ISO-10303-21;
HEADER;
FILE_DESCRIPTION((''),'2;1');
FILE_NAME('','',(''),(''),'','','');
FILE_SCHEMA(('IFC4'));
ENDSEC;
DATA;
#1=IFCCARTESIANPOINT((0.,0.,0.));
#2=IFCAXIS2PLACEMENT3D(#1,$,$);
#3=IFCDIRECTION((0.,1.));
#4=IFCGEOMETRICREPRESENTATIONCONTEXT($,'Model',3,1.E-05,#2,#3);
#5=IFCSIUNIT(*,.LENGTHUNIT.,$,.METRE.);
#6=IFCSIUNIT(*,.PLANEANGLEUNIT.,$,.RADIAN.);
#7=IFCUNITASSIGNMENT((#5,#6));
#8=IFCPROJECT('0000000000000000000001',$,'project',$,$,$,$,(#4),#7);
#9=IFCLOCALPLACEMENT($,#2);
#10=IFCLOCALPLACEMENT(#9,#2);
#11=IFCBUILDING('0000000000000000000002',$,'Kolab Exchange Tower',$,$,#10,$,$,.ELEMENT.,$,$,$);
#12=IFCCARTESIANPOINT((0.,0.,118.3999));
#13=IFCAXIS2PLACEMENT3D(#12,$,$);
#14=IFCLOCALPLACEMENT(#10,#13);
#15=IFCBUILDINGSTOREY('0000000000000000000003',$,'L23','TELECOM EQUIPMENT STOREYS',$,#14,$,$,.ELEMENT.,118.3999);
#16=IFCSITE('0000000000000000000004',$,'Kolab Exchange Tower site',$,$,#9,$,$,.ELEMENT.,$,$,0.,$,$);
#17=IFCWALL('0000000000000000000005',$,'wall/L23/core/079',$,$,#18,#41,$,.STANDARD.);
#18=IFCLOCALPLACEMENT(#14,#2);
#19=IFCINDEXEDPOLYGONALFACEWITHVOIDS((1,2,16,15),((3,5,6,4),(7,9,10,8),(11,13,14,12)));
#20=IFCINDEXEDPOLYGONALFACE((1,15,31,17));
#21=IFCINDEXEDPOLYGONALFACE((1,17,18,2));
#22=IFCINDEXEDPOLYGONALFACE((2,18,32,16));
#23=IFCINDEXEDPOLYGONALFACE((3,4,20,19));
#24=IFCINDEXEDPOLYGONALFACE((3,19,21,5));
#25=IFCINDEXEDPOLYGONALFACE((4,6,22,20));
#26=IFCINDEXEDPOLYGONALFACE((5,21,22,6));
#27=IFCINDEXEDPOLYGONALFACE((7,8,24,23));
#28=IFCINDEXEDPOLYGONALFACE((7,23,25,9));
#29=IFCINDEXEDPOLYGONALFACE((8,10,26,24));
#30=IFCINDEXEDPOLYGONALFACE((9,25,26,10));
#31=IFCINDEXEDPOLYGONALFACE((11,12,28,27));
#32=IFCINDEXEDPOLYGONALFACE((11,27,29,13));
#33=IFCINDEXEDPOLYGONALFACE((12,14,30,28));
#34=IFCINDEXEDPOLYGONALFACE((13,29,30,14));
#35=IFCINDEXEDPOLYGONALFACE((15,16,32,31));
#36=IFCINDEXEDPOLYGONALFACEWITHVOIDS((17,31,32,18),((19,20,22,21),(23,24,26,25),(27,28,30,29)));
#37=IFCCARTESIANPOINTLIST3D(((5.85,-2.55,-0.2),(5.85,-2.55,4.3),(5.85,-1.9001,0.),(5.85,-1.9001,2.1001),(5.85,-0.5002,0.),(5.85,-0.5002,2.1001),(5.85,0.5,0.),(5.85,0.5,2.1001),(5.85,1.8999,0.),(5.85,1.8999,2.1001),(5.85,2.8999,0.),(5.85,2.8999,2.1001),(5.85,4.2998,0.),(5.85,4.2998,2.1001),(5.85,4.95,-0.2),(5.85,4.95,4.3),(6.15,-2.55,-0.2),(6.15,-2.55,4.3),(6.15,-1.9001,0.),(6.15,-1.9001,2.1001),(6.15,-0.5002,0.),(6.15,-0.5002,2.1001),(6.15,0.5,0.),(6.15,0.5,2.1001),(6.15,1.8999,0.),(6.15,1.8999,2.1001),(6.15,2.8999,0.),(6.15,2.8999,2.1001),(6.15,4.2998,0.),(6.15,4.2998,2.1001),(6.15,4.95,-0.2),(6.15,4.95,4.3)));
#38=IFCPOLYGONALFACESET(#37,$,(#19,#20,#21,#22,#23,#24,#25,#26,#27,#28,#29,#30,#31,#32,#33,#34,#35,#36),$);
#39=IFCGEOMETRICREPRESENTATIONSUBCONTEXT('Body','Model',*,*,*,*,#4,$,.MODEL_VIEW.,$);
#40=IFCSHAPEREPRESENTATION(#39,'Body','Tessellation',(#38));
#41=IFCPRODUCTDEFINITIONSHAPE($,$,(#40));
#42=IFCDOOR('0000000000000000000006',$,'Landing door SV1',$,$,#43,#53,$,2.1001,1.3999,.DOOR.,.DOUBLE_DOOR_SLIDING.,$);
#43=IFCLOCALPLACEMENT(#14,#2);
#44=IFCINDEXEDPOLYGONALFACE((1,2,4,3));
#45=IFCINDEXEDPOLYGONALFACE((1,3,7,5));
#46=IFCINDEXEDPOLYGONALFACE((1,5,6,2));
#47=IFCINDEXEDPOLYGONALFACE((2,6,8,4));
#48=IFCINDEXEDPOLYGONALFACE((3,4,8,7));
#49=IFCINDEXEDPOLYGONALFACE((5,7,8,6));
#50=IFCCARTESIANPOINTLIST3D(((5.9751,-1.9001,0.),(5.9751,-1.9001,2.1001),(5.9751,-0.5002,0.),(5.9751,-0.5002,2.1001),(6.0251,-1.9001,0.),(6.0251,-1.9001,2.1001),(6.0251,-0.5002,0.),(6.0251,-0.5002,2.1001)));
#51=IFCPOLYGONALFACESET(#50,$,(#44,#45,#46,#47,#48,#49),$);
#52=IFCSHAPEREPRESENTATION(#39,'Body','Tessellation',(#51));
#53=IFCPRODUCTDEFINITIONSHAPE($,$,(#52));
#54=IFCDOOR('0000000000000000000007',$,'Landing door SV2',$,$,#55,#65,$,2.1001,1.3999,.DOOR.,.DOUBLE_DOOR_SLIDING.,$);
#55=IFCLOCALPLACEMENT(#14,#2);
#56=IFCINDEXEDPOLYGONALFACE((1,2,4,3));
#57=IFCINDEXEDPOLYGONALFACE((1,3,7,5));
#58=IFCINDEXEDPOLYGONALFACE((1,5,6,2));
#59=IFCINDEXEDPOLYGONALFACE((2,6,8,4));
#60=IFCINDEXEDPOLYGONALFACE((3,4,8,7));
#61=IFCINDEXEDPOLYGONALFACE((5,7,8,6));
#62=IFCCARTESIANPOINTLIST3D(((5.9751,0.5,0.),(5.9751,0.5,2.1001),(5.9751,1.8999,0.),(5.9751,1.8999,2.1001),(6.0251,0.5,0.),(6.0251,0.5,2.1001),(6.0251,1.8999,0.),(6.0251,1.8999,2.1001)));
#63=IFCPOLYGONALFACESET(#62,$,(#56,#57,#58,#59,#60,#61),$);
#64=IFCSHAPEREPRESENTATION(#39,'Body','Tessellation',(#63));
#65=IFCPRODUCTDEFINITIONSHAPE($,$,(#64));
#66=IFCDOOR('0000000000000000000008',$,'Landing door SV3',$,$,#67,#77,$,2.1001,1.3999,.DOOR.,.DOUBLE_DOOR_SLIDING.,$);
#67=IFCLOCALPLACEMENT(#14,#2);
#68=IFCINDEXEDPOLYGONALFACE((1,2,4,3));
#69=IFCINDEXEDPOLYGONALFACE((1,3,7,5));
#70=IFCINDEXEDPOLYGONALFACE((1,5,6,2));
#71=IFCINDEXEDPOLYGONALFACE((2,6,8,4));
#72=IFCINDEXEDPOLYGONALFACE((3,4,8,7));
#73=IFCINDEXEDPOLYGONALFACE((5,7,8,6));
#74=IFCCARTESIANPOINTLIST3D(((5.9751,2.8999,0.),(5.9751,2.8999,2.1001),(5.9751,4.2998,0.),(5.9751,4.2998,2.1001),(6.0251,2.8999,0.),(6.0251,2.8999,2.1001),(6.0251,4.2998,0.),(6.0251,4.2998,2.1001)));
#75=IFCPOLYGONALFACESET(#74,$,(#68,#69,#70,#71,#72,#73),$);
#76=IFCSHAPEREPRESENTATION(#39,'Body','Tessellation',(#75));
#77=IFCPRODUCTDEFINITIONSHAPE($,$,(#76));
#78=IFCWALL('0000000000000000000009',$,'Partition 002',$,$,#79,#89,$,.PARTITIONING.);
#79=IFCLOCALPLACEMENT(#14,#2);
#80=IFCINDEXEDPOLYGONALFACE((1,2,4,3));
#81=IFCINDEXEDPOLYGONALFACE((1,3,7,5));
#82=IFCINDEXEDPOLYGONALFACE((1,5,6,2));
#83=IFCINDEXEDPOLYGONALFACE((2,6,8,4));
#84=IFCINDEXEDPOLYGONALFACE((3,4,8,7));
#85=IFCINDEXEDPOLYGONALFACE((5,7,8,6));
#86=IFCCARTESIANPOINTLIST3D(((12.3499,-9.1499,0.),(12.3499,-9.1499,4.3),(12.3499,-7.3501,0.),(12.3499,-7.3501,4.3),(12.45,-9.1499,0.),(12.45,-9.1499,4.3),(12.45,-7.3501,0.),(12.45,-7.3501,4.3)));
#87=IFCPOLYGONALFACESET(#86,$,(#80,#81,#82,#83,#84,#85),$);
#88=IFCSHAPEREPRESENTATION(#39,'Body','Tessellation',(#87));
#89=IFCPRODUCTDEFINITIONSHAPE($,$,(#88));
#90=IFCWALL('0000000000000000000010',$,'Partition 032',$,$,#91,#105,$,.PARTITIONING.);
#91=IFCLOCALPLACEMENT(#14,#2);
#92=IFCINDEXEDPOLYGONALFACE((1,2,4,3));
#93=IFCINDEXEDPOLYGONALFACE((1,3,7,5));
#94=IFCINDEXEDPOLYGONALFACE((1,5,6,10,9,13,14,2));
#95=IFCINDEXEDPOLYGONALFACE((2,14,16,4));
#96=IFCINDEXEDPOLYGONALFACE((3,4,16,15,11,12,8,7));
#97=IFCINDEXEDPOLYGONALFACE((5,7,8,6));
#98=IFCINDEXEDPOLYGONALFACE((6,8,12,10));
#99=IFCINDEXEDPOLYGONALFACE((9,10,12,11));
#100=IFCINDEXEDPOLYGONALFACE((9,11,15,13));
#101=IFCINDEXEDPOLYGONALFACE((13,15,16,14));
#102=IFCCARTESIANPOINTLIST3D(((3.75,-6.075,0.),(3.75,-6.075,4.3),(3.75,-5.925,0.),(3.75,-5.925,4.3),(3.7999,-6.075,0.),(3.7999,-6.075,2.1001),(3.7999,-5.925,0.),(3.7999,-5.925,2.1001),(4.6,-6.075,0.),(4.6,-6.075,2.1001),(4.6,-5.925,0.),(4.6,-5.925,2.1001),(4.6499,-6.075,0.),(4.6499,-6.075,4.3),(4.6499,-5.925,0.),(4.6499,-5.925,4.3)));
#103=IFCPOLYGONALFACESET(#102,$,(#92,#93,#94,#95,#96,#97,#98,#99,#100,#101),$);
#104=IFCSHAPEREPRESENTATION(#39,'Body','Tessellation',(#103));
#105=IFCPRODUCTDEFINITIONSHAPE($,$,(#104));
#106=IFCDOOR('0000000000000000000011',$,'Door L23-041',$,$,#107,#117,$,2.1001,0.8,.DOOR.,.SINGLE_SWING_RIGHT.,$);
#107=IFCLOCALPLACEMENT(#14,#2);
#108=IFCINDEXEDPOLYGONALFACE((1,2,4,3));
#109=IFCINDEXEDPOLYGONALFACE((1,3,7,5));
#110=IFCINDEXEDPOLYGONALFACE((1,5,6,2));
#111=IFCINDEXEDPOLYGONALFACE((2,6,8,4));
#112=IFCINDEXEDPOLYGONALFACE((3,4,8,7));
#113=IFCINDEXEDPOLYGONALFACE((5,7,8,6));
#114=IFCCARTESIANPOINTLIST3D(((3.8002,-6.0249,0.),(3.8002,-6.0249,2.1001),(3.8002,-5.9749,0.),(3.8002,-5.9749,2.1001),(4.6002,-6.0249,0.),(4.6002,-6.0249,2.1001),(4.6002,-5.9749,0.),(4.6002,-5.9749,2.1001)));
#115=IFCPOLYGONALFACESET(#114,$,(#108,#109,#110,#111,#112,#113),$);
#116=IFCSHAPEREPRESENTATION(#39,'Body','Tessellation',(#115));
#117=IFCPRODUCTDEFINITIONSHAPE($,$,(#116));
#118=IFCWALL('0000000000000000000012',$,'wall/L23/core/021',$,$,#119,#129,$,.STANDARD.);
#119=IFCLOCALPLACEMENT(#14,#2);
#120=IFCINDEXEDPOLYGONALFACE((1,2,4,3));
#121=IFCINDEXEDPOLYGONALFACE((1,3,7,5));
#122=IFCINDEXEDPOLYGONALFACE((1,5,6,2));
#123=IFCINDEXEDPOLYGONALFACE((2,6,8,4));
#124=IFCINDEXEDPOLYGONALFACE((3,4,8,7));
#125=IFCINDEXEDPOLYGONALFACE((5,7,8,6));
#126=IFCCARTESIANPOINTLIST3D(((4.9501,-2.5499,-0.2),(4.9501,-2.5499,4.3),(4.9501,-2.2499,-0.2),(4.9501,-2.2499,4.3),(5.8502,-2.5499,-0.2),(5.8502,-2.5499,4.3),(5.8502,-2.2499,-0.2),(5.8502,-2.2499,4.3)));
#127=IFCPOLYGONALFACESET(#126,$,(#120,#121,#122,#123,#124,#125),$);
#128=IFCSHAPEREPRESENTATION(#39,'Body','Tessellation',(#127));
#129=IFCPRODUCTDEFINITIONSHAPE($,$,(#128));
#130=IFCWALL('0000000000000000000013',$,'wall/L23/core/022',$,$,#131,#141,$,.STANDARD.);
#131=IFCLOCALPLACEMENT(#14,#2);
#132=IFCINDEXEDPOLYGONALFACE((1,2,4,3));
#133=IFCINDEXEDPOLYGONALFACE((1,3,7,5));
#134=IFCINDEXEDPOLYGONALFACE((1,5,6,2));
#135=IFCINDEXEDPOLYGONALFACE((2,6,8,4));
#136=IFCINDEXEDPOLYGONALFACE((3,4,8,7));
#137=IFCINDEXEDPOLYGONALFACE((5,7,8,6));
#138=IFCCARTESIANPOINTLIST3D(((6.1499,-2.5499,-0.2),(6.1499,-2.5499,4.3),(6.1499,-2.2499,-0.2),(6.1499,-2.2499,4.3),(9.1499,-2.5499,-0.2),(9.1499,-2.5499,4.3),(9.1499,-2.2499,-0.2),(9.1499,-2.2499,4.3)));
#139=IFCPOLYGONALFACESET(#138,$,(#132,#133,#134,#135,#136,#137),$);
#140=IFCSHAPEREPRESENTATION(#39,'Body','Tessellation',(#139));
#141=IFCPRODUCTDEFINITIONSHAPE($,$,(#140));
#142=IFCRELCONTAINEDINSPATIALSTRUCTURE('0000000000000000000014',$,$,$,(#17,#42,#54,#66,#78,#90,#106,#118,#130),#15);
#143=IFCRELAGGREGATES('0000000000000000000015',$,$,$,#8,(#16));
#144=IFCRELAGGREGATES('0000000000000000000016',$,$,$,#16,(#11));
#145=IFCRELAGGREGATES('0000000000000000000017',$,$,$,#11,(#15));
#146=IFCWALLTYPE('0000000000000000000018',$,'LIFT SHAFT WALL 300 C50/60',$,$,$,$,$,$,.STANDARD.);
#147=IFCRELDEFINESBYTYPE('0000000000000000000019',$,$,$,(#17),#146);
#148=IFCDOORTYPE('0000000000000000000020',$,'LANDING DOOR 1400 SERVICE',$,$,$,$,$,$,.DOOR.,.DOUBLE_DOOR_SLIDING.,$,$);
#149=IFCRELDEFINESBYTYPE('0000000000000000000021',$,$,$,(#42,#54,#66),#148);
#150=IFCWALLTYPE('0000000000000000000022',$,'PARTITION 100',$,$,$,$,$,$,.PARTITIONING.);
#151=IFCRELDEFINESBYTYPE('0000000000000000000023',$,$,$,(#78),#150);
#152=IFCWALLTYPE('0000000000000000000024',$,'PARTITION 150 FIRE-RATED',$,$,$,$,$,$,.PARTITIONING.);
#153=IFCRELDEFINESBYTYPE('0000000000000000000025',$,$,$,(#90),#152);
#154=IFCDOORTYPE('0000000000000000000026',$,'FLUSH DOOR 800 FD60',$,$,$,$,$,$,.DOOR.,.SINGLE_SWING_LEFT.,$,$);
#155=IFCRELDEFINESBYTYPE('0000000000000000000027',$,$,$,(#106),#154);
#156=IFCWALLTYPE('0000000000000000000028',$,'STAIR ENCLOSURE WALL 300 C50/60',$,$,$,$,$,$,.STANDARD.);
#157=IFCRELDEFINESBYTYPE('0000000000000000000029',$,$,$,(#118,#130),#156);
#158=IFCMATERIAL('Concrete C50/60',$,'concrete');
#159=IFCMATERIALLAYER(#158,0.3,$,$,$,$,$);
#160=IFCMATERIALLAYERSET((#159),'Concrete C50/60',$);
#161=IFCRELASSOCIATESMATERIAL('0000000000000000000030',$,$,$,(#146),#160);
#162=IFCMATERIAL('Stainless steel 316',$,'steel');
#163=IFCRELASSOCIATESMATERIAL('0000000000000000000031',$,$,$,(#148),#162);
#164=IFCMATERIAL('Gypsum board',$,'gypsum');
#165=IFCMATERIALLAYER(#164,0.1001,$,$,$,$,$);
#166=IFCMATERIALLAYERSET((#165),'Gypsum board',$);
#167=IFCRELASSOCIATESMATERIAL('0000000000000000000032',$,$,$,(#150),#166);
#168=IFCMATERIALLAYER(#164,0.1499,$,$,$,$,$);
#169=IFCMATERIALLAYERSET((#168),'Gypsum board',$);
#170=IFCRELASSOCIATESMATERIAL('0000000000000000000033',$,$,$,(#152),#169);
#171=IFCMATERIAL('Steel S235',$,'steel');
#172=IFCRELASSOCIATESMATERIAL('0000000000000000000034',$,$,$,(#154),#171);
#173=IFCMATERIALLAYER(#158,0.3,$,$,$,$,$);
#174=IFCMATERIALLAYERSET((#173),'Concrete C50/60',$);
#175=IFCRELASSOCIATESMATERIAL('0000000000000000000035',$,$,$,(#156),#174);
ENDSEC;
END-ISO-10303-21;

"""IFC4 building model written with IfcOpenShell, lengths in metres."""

from ifc_helpers import new_model, si_unit, direction, frame, frame_2d, origin, place, context, subcontext, project, spatial, rectangle, extrude, material, layer, layer_set, type_object, element, fill, save


model = new_model("IFC4")

# Units and contexts
model_context = context("Model", 3, precision=1e-05, world=origin(), true_north=direction((0.0, 1.0)))
body_context = subcontext(model_context, "Body", "Model", "MODEL_VIEW")
ifc_project = project(units=[si_unit("LENGTHUNIT", "METRE"), si_unit("PLANEANGLEUNIT", "RADIAN")], contexts=[model_context])

# Site, building, storey
site_placement = place(None, origin())
site = spatial("IfcSite", under=ifc_project, at=site_placement, Name="Kolab Exchange Tower site", CompositionType="ELEMENT", RefElevation=0.0)
building_placement = place(site_placement, origin())
building = spatial("IfcBuilding", under=site, at=building_placement, Name="Kolab Exchange Tower", CompositionType="ELEMENT")
storey_placement = place(building_placement, frame((0.0, 0.0, 118.3999)))
storey = spatial("IfcBuildingStorey", under=building, at=storey_placement, Name="L23", Description="TELECOM EQUIPMENT STOREYS", CompositionType="ELEMENT", Elevation=118.3999)

# Shared definitions
ifc_material_1 = material(Name="Concrete C50/60", Category="concrete")
ifc_layer_1 = layer(ifc_material_1, 0.3)
ifc_layer_set_1 = layer_set([ifc_layer_1], Name="Concrete C50/60")
wall_type_1 = type_object("IfcWallType", Name="LIFT SHAFT WALL 300 C50/60", PredefinedType="STANDARD", material=ifc_layer_set_1)

# Shared definitions
ifc_material_2 = material(Name="Steel S235", Category="steel")

# Wall, openings, doors
wall_1_placement = place(storey_placement, frame((6.0, -2.55, -0.2), z_axis=(0.0, 0.0, 1.0), x_axis=(0.0, 1.0, 0.0)))
wall_1 = element("IfcWall", 1, at=wall_1_placement, inside=storey, type_object=wall_type_1, Name="wall/L23/core/079", PredefinedType="STANDARD", context=body_context, shape_type="SweptSolid", body=[
    extrude(rectangle(XDim=7.5, YDim=0.3, at=frame_2d((3.75, 0.0))), origin(), (0.0, 0.0, 1.0), 4.5),
])
opening_1_placement = place(wall_1_placement, frame((0.6499, 0.0, 0.2)))
opening_1 = element("IfcOpeningElement", 2, at=opening_1_placement, cuts=wall_1, PredefinedType="OPENING", context=body_context, shape_type="SweptSolid", body=[
    extrude(rectangle(XDim=1.3999, YDim=2.1001, at=frame_2d((0.7, 1.05))), frame((0.0, 0.1602, 0.0), z_axis=(0.0, -1.0, 0.0), x_axis=(1.0, 0.0, 0.0)), (0.0, 0.0, 1.0), 0.3201),
])
opening_2_placement = place(wall_1_placement, frame((3.05, 0.0, 0.2)))
opening_2 = element("IfcOpeningElement", 3, at=opening_2_placement, cuts=wall_1, PredefinedType="OPENING", context=body_context, shape_type="SweptSolid", body=[
    extrude(rectangle(XDim=1.3999, YDim=2.1001, at=frame_2d((0.7, 1.05))), frame((0.0, 0.1602, 0.0), z_axis=(0.0, -1.0, 0.0), x_axis=(1.0, 0.0, 0.0)), (0.0, 0.0, 1.0), 0.3201),
])
opening_3_placement = place(wall_1_placement, frame((5.45, 0.0, 0.2)))
opening_3 = element("IfcOpeningElement", 4, at=opening_3_placement, cuts=wall_1, PredefinedType="OPENING", context=body_context, shape_type="SweptSolid", body=[
    extrude(rectangle(XDim=1.3999, YDim=2.1001, at=frame_2d((0.7, 1.05))), frame((0.0, 0.1602, 0.0), z_axis=(0.0, -1.0, 0.0), x_axis=(1.0, 0.0, 0.0)), (0.0, 0.0, 1.0), 0.3201),
])
ifc_material_3 = material(Name="Stainless steel 316", Category="steel")
door_type_1 = type_object("IfcDoorType", Name="LANDING DOOR 1400 SERVICE", OperationType="DOUBLE_DOOR_SLIDING", PredefinedType="DOOR", material=ifc_material_3)
door_1_placement = place(opening_1_placement, origin())
door_1 = element("IfcDoor", 5, at=door_1_placement, inside=storey, type_object=door_type_1, Name="Landing door SV1", OperationType="DOUBLE_DOOR_SLIDING", OverallHeight=2.1001, OverallWidth=1.3999, PredefinedType="DOOR", context=body_context, shape_type="SweptSolid", body=[
    extrude(rectangle(XDim=1.3999, YDim=2.1001, at=frame_2d((0.7, 1.05))), frame((0.0, 0.0249, 0.0), z_axis=(0.0, -1.0, 0.0), x_axis=(1.0, 0.0, 0.0)), (0.0, 0.0, 1.0), 0.05),
])
fill(opening_1, door_1)
door_2_placement = place(opening_2_placement, origin())
door_2 = element("IfcDoor", 6, at=door_2_placement, inside=storey, type_object=door_type_1, Name="Landing door SV2", OperationType="DOUBLE_DOOR_SLIDING", OverallHeight=2.1001, OverallWidth=1.3999, PredefinedType="DOOR", context=body_context, shape_type="SweptSolid", body=[
    extrude(rectangle(XDim=1.3999, YDim=2.1001, at=frame_2d((0.7, 1.05))), frame((0.0, 0.0249, 0.0), z_axis=(0.0, -1.0, 0.0), x_axis=(1.0, 0.0, 0.0)), (0.0, 0.0, 1.0), 0.05),
])
fill(opening_2, door_2)
door_3_placement = place(opening_3_placement, origin())
door_3 = element("IfcDoor", 7, at=door_3_placement, inside=storey, type_object=door_type_1, Name="Landing door SV3", OperationType="DOUBLE_DOOR_SLIDING", OverallHeight=2.1001, OverallWidth=1.3999, PredefinedType="DOOR", context=body_context, shape_type="SweptSolid", body=[
    extrude(rectangle(XDim=1.3999, YDim=2.1001, at=frame_2d((0.7, 1.05))), frame((0.0, 0.0249, 0.0), z_axis=(0.0, -1.0, 0.0), x_axis=(1.0, 0.0, 0.0)), (0.0, 0.0, 1.0), 0.05),
])
fill(opening_3, door_3)

# Wall
ifc_material_4 = material(Name="Gypsum board", Category="gypsum")
ifc_layer_2 = layer(ifc_material_4, 0.1001)
ifc_layer_set_2 = layer_set([ifc_layer_2], Name="Gypsum board")
wall_type_2 = type_object("IfcWallType", Name="PARTITION 100", PredefinedType="PARTITIONING", material=ifc_layer_set_2)
wall_2_placement = place(storey_placement, frame((12.3999, -9.1499, 0.0), z_axis=(0.0, 0.0, 1.0), x_axis=(0.0, 1.0, 0.0)))
element("IfcWall", 8, at=wall_2_placement, inside=storey, type_object=wall_type_2, Name="Partition 002", PredefinedType="PARTITIONING", context=body_context, shape_type="SweptSolid", body=[
    extrude(rectangle(XDim=1.7998, YDim=0.1001, at=frame_2d((0.8999, 0.0))), origin(), (0.0, 0.0, 1.0), 4.3),
])

# Wall, opening, door
ifc_layer_3 = layer(ifc_material_4, 0.1499)
ifc_layer_set_3 = layer_set([ifc_layer_3], Name="Gypsum board")
wall_type_3 = type_object("IfcWallType", Name="PARTITION 150 FIRE-RATED", PredefinedType="PARTITIONING", material=ifc_layer_set_3)
wall_3_placement = place(storey_placement, frame((3.75, -6.0, 0.0), z_axis=(0.0, 0.0, 1.0), x_axis=(1.0, 0.0, 0.0)))
wall_3 = element("IfcWall", 9, at=wall_3_placement, inside=storey, type_object=wall_type_3, Name="Partition 032", PredefinedType="PARTITIONING", context=body_context, shape_type="SweptSolid", body=[
    extrude(rectangle(XDim=0.8999, YDim=0.1499, at=frame_2d((0.45, 0.0))), origin(), (0.0, 0.0, 1.0), 4.3),
])
opening_4_placement = place(wall_3_placement, frame((0.05, 0.0, 0.0)))
opening_4 = element("IfcOpeningElement", 10, at=opening_4_placement, cuts=wall_3, PredefinedType="OPENING", context=body_context, shape_type="SweptSolid", body=[
    extrude(rectangle(XDim=0.8, YDim=2.1001, at=frame_2d((0.3999, 1.05))), frame((0.0, 0.085, 0.0), z_axis=(0.0, -1.0, 0.0), x_axis=(1.0, 0.0, 0.0)), (0.0, 0.0, 1.0), 0.1699),
])
door_type_2 = type_object("IfcDoorType", Name="FLUSH DOOR 800 FD60", OperationType="SINGLE_SWING_LEFT", PredefinedType="DOOR", material=ifc_material_2)
door_4_placement = place(opening_4_placement, frame((0.8, 0.0, 0.0), z_axis=(0.0, 0.0, 1.0), x_axis=(-1.0, 0.0, 0.0)))
door_4 = element("IfcDoor", 11, at=door_4_placement, inside=storey, type_object=door_type_2, Name="Door L23-041", OperationType="SINGLE_SWING_RIGHT", OverallHeight=2.1001, OverallWidth=0.8, PredefinedType="DOOR", context=body_context, shape_type="SweptSolid", body=[
    extrude(rectangle(XDim=0.8, YDim=2.1001, at=frame_2d((0.3999, 1.05))), frame((0.0, 0.0249, 0.0), z_axis=(0.0, -1.0, 0.0), x_axis=(1.0, 0.0, 0.0)), (0.0, 0.0, 1.0), 0.05),
])
fill(opening_4, door_4)

# Walls
ifc_layer_4 = layer(ifc_material_1, 0.3)
ifc_layer_set_4 = layer_set([ifc_layer_4], Name="Concrete C50/60")
wall_type_4 = type_object("IfcWallType", Name="STAIR ENCLOSURE WALL 300 C50/60", PredefinedType="STANDARD", material=ifc_layer_set_4)
wall_4_placement = place(storey_placement, frame((4.95, -2.3999, -0.2), z_axis=(0.0, 0.0, 1.0), x_axis=(1.0, 0.0, 0.0)))
element("IfcWall", 12, at=wall_4_placement, inside=storey, type_object=wall_type_4, Name="wall/L23/core/021", PredefinedType="STANDARD", context=body_context, shape_type="SweptSolid", body=[
    extrude(rectangle(XDim=0.9001, YDim=0.3, at=frame_2d((0.4502, 0.0))), origin(), (0.0, 0.0, 1.0), 4.5),
])
wall_5_placement = place(storey_placement, frame((6.1499, -2.3999, -0.2), z_axis=(0.0, 0.0, 1.0), x_axis=(1.0, 0.0, 0.0)))
element("IfcWall", 13, at=wall_5_placement, inside=storey, type_object=wall_type_4, Name="wall/L23/core/022", PredefinedType="STANDARD", context=body_context, shape_type="SweptSolid", body=[
    extrude(rectangle(XDim=3.0, YDim=0.3, at=frame_2d((1.5, 0.0))), origin(), (0.0, 0.0, 1.0), 4.5),
])

save(model, "model.ifc")
